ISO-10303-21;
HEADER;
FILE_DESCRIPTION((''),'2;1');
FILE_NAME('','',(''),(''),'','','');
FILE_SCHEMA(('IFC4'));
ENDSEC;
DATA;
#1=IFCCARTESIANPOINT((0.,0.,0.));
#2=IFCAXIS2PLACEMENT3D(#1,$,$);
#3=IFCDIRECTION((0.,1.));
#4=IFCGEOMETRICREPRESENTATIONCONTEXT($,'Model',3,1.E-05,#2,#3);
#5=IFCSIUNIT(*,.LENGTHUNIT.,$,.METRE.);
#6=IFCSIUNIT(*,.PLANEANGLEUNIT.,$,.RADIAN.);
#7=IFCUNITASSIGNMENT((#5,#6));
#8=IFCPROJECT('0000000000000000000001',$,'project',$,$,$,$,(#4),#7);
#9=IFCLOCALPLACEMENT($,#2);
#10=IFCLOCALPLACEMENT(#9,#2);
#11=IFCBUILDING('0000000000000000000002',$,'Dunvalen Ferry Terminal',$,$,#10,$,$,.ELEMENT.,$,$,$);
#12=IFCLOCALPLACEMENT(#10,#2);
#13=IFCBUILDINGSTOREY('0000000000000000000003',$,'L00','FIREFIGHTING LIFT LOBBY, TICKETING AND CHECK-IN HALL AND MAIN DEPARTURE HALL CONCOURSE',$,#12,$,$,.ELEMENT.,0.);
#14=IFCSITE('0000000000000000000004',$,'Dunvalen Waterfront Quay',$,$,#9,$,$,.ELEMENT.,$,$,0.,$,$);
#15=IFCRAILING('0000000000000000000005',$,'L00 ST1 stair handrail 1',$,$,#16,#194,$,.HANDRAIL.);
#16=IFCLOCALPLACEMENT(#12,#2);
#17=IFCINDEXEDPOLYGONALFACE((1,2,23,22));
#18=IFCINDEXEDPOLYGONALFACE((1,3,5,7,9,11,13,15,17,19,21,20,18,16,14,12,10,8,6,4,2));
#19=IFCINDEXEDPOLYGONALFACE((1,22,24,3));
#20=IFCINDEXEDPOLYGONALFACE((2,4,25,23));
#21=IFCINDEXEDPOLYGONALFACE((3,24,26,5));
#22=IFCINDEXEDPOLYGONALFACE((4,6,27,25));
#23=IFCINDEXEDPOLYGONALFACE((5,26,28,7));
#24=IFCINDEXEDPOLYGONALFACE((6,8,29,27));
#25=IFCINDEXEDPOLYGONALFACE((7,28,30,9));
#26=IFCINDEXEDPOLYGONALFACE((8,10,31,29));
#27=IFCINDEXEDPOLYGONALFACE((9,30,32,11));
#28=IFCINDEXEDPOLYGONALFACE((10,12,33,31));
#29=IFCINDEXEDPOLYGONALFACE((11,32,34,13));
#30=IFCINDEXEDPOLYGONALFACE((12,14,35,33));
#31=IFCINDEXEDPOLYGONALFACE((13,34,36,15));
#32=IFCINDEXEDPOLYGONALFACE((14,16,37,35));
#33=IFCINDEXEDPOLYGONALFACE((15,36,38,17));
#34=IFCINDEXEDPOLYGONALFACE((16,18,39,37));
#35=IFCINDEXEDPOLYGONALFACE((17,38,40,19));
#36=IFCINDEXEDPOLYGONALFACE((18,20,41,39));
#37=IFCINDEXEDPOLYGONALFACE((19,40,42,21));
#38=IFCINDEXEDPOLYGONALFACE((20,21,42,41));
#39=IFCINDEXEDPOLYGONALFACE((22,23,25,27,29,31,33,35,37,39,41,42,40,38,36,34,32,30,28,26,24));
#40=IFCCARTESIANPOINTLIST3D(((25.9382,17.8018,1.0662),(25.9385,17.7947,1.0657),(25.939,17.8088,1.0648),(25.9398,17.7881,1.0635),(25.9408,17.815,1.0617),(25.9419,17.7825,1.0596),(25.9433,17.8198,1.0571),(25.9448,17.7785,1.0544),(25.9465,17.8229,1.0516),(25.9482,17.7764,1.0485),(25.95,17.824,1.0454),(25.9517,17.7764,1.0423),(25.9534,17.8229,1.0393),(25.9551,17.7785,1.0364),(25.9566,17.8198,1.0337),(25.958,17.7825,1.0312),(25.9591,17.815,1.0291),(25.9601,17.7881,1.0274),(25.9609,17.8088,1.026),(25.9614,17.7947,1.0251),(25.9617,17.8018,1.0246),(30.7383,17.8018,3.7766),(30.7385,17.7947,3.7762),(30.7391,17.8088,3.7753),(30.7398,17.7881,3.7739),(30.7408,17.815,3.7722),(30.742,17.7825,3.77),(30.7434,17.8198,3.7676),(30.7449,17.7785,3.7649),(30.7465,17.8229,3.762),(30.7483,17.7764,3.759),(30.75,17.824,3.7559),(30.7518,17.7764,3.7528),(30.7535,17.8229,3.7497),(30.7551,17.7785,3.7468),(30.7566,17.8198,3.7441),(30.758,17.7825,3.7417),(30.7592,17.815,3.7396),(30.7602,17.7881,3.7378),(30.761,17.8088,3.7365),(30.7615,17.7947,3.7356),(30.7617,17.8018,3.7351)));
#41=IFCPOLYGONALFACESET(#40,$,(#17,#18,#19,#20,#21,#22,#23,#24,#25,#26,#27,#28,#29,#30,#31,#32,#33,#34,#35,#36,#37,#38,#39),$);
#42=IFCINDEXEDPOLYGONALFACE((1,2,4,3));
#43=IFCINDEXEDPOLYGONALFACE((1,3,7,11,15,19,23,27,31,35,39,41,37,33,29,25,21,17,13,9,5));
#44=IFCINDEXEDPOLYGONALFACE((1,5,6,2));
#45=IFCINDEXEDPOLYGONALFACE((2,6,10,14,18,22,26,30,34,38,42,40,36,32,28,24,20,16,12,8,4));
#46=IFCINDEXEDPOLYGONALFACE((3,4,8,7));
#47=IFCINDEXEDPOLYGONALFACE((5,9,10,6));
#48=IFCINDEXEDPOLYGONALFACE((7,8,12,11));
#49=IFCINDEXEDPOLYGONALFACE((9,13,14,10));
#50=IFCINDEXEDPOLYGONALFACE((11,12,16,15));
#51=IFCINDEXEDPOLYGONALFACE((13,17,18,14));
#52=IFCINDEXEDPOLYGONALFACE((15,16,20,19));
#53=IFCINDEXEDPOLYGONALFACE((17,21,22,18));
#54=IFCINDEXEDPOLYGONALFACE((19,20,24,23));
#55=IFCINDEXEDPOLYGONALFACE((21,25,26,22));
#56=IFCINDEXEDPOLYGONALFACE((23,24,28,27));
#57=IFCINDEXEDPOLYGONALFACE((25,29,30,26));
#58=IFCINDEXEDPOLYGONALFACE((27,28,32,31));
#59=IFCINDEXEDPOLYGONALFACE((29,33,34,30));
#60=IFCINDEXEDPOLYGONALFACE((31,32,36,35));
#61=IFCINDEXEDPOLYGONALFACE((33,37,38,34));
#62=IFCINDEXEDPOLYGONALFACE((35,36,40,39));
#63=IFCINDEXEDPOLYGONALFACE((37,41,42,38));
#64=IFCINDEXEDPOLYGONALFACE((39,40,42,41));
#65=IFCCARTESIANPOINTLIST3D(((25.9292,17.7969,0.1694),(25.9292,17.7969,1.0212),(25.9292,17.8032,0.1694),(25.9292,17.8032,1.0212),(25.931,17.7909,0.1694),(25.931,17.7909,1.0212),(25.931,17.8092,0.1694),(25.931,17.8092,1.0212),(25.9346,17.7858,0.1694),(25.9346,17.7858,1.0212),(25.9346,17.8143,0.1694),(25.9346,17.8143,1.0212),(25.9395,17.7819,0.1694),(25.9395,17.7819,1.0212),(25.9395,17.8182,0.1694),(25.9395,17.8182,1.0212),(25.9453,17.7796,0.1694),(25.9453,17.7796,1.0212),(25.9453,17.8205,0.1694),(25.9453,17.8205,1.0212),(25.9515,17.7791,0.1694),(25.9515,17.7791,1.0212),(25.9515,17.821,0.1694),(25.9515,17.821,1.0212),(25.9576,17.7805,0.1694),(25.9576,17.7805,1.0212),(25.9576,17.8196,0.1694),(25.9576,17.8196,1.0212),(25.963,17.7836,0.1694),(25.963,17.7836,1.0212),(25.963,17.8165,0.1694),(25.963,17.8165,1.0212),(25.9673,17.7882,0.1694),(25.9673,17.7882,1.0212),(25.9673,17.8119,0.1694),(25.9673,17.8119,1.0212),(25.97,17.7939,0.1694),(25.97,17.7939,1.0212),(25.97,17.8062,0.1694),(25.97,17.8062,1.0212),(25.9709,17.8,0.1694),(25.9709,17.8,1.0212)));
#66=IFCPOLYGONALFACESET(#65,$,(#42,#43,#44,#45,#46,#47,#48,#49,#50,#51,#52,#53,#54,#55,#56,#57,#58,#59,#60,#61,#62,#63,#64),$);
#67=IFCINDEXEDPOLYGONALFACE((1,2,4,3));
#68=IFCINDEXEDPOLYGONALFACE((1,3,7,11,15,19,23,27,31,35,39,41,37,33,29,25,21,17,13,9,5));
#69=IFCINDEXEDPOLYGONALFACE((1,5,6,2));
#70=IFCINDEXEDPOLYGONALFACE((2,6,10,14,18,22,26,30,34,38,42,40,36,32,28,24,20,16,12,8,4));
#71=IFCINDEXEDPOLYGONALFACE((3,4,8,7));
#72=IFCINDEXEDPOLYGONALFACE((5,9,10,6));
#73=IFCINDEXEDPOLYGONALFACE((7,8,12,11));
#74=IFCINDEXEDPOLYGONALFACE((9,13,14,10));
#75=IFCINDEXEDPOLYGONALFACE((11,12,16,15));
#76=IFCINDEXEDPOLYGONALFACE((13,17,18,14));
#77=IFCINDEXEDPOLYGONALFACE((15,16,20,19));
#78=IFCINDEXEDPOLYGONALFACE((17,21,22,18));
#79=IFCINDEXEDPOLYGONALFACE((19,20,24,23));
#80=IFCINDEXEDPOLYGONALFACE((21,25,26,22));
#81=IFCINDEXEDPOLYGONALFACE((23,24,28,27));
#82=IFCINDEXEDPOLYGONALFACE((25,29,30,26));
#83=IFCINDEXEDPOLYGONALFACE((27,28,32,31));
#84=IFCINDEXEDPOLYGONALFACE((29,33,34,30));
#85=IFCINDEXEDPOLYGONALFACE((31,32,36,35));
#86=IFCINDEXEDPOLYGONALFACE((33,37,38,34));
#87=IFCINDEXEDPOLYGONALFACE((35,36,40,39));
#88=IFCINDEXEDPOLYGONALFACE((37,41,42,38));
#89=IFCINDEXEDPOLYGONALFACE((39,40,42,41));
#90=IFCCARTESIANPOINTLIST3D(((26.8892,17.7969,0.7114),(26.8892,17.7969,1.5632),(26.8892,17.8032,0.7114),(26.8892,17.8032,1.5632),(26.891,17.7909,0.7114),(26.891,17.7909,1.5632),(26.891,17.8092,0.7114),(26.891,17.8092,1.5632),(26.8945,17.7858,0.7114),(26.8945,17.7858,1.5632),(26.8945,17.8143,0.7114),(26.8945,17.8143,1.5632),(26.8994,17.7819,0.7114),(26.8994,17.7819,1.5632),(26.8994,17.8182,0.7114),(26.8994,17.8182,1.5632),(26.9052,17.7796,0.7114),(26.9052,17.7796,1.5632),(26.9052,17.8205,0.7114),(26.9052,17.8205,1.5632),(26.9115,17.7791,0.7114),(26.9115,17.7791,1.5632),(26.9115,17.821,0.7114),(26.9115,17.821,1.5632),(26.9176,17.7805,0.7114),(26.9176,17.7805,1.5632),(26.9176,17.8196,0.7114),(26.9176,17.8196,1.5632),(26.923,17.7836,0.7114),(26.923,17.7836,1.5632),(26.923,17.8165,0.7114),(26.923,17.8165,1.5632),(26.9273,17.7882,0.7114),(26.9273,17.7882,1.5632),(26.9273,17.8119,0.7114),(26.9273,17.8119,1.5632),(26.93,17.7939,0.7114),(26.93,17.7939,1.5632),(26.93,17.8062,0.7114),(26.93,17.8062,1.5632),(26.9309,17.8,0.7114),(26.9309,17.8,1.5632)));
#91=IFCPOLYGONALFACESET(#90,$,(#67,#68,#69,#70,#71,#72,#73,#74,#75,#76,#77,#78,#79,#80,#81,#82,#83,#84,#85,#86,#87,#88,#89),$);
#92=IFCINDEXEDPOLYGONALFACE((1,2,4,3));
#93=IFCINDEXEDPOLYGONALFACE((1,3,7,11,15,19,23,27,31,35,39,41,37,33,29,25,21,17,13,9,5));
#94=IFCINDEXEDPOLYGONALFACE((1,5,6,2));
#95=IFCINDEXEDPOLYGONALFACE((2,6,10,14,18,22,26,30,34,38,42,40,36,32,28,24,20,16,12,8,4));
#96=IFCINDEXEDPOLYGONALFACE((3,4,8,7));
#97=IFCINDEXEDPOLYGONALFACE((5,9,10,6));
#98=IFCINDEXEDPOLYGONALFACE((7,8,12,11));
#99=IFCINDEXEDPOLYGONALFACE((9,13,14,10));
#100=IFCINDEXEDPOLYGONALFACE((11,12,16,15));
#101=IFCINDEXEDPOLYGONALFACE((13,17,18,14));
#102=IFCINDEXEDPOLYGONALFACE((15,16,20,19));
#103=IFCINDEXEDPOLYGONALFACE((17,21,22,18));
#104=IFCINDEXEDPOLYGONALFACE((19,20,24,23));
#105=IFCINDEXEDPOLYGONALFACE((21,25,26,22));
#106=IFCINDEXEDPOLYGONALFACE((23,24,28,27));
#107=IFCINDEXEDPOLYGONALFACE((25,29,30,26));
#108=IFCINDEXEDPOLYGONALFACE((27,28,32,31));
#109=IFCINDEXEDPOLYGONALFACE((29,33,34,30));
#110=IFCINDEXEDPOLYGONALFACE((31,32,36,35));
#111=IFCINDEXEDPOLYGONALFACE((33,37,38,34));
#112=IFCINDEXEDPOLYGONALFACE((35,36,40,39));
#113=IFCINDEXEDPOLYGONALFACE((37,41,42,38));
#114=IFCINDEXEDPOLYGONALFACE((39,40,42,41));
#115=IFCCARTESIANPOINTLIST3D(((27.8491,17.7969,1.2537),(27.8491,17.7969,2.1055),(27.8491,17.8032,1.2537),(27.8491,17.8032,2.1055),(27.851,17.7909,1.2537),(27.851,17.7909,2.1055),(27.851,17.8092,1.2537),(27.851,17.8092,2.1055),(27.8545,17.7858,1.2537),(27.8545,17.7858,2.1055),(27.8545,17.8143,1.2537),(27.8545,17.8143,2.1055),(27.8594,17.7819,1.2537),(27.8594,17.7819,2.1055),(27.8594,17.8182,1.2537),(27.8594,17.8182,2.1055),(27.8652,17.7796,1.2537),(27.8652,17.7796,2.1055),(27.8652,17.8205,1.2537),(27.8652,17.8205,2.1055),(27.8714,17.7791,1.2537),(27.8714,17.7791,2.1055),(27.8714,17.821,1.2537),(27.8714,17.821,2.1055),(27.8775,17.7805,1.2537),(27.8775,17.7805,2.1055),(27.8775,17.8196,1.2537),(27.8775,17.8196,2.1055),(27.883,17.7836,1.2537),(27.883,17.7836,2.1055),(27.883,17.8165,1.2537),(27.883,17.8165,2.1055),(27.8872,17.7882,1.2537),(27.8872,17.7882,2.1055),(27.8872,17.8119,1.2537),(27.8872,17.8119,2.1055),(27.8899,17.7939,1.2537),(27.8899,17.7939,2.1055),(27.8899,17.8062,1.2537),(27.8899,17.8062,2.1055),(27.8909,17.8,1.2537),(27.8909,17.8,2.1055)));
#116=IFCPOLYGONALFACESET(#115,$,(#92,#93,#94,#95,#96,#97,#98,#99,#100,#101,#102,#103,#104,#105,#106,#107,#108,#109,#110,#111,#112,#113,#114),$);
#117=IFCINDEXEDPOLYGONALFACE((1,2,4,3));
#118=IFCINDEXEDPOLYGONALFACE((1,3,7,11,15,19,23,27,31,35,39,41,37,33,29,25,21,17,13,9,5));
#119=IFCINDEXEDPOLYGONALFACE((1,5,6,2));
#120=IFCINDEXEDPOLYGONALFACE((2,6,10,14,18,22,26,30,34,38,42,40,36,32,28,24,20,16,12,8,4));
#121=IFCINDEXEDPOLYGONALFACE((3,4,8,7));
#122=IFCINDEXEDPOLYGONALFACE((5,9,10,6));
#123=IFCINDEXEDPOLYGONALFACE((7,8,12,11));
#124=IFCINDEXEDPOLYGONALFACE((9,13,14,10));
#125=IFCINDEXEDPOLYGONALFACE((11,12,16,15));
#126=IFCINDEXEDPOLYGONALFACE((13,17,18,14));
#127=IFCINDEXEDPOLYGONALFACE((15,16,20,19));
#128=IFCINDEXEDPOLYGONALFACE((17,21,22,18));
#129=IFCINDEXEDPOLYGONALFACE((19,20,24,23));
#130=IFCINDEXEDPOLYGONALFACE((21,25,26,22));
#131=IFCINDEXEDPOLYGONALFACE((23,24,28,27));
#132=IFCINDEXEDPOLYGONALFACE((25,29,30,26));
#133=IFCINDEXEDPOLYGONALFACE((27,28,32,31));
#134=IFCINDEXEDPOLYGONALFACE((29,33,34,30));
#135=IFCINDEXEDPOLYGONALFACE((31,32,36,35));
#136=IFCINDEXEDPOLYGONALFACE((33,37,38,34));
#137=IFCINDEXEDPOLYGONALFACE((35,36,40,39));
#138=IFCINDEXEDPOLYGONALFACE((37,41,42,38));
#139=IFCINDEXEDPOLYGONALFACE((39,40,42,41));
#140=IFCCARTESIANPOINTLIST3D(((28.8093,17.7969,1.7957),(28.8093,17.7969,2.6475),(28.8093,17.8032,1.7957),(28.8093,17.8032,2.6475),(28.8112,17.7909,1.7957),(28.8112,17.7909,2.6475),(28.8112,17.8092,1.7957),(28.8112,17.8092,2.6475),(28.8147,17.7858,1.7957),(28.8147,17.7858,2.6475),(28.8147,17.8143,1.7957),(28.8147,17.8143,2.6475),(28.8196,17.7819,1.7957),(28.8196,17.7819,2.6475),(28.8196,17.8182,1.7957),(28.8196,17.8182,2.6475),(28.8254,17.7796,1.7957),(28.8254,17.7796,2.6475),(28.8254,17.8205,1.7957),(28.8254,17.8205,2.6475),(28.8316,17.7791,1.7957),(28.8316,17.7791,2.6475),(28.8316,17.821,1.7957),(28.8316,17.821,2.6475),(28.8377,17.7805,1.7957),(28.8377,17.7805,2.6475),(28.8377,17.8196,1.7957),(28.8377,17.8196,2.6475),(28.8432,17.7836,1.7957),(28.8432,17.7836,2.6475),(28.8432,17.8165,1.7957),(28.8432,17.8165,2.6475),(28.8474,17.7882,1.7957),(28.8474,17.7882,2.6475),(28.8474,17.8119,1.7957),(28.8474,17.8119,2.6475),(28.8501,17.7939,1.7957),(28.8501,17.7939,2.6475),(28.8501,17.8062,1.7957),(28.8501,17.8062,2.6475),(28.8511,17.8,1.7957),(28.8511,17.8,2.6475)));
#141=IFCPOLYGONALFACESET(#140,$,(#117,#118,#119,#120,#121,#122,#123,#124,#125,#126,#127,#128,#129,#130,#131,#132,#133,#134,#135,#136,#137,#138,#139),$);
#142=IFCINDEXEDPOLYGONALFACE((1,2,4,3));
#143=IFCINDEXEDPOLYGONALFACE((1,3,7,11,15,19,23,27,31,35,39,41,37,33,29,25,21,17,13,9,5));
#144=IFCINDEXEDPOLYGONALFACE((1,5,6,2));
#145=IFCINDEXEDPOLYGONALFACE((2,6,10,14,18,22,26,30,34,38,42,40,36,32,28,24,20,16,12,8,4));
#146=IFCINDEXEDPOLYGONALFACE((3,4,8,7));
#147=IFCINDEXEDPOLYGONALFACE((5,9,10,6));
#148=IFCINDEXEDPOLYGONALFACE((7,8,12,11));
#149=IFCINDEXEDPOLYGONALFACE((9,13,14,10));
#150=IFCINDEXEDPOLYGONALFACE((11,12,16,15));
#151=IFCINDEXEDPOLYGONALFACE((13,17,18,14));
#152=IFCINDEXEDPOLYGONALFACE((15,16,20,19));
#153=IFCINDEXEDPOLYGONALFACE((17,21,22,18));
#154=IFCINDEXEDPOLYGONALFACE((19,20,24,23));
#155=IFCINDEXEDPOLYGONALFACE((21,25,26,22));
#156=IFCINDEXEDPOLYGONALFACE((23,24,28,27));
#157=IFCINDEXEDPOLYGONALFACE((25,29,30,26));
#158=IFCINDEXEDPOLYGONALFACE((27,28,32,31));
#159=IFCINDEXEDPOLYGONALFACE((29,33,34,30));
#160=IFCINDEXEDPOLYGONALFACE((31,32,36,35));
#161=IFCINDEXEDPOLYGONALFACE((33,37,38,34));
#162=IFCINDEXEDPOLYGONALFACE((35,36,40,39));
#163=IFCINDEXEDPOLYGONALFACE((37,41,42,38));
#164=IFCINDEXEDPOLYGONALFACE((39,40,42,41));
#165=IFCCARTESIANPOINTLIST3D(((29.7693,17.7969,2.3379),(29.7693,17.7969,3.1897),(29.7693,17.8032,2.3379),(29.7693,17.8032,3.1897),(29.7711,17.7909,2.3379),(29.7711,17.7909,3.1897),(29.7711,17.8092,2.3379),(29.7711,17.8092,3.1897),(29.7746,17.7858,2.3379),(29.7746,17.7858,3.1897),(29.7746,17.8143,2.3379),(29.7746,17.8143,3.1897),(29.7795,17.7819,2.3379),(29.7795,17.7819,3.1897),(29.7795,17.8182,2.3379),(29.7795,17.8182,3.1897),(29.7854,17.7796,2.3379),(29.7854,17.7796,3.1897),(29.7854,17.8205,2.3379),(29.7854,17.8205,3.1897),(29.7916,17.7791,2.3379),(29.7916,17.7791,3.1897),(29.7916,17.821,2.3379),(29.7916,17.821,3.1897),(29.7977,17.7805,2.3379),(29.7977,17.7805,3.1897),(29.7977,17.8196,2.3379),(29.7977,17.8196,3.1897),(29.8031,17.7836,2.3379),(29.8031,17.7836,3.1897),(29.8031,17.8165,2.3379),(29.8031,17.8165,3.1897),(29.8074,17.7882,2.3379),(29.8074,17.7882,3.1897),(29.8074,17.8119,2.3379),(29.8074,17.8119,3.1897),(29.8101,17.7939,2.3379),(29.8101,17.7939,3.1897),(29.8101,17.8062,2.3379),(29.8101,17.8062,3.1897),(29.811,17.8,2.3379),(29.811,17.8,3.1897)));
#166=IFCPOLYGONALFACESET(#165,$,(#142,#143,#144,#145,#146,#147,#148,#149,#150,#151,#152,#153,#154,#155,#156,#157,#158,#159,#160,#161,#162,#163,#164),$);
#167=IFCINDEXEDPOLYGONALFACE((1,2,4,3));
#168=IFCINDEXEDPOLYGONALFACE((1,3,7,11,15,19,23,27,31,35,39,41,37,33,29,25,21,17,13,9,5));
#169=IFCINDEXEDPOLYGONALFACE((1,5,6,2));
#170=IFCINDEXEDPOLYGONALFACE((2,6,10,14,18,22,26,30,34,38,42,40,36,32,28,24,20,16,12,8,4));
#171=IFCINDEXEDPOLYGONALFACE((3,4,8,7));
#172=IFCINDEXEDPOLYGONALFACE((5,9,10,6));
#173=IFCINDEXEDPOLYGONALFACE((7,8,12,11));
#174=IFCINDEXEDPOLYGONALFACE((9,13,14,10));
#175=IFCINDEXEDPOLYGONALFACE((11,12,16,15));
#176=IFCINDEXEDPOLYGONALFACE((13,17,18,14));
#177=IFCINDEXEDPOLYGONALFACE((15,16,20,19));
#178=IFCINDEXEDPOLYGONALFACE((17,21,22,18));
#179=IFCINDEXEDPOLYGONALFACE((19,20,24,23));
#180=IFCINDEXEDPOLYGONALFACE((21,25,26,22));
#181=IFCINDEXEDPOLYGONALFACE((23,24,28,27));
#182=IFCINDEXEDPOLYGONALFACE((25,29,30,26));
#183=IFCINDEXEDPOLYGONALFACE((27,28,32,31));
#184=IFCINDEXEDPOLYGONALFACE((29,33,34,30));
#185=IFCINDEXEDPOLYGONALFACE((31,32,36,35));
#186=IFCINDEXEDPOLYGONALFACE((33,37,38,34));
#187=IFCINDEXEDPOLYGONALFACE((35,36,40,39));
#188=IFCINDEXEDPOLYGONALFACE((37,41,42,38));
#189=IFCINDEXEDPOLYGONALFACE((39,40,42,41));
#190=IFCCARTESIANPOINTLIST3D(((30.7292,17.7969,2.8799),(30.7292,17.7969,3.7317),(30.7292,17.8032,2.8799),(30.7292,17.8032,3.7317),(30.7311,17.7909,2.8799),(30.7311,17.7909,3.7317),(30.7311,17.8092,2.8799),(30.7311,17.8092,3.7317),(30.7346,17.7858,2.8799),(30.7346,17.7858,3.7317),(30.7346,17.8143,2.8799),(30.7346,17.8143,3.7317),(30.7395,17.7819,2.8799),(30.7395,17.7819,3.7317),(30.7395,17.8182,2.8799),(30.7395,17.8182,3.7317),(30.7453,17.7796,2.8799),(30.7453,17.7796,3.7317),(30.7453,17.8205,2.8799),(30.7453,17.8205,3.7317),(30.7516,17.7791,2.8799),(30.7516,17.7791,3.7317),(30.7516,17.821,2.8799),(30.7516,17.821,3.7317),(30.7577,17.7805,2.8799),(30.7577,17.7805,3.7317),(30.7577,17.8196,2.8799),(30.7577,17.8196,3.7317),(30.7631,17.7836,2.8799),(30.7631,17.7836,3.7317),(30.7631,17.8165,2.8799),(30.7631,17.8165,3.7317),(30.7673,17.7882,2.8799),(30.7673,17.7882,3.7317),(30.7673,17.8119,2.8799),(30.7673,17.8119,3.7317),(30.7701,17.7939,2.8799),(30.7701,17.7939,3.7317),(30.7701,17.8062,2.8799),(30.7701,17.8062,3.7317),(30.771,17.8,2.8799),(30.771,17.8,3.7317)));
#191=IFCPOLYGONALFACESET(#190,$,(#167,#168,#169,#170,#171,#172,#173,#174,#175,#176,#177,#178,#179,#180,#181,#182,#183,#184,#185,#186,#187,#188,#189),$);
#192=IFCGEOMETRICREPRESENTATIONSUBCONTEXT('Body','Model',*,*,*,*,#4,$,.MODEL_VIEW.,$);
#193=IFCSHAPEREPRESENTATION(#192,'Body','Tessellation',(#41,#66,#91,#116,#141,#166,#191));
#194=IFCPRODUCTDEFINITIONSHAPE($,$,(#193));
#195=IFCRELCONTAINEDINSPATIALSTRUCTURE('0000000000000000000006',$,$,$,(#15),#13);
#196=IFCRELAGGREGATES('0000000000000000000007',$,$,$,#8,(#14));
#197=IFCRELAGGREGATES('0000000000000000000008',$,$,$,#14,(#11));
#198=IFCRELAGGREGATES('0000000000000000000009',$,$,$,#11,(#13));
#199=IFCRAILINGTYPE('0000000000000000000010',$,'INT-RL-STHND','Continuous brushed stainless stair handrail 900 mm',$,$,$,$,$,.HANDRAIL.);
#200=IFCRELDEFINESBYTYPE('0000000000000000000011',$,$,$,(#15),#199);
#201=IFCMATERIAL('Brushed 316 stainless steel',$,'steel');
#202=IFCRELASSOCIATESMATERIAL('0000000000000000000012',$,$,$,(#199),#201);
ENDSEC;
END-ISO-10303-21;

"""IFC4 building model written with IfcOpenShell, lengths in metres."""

from ifc_helpers import new_model, si_unit, direction, frame, origin, origin_2d, place, context, subcontext, project, spatial, circle, extrude, material, type_object, element, save


model = new_model("IFC4")

# Units and contexts
model_context = context("Model", 3, precision=1e-05, world=origin(), true_north=direction((0.0, 1.0)))
body_context = subcontext(model_context, "Body", "Model", "MODEL_VIEW")
ifc_project = project(units=[si_unit("LENGTHUNIT", "METRE"), si_unit("PLANEANGLEUNIT", "RADIAN")], contexts=[model_context])

# Site, building, storey
site_placement = place(None, origin())
site = spatial("IfcSite", under=ifc_project, at=site_placement, Name="Dunvalen Waterfront Quay", CompositionType="ELEMENT", RefElevation=0.0)
building_placement = place(site_placement, origin())
building = spatial("IfcBuilding", under=site, at=building_placement, Name="Dunvalen Ferry Terminal", CompositionType="ELEMENT")
storey_placement = place(building_placement, origin())
storey = spatial("IfcBuildingStorey", under=building, at=storey_placement, Name="L00", Description="FIREFIGHTING LIFT LOBBY, TICKETING AND CHECK-IN HALL AND MAIN DEPARTURE HALL CONCOURSE", CompositionType="ELEMENT", Elevation=0.0)

# Shared definitions
ifc_material_1 = material(Name="Brushed 316 stainless steel", Category="steel")

# Railing
railing_type_1 = type_object("IfcRailingType", Name="INT-RL-STHND", Description="Continuous brushed stainless stair handrail 900 mm", PredefinedType="HANDRAIL", material=ifc_material_1)
railing_1_placement = place(storey_placement, frame((25.95, 17.8, 0.1694)))
element("IfcRailing", 1, at=railing_1_placement, inside=storey, type_object=railing_type_1, Name="L00 ST1 stair handrail 1", PredefinedType="HANDRAIL", context=body_context, shape_type="SweptSolid", body=[
    extrude(circle(Radius=0.0239, at=origin_2d()), frame((0.0, 0.0, 0.876), z_axis=(0.870767, 0.0, 0.491697), x_axis=(0.0, 1.0, 0.0)), (0.0, 0.0, 1.0), 5.5125),
    extrude(circle(Radius=0.021, at=origin_2d()), origin(), (0.0, 0.0, 1.0), 0.8518),
    extrude(circle(Radius=0.021, at=origin_2d()), frame((0.96, 0.0, 0.542)), (0.0, 0.0, 1.0), 0.8518),
    extrude(circle(Radius=0.021, at=origin_2d()), frame((1.9199, 0.0, 1.0842)), (0.0, 0.0, 1.0), 0.8518),
    extrude(circle(Radius=0.021, at=origin_2d()), frame((2.8801, 0.0, 1.6262)), (0.0, 0.0, 1.0), 0.8518),
    extrude(circle(Radius=0.021, at=origin_2d()), frame((3.8401, 0.0, 2.1685)), (0.0, 0.0, 1.0), 0.8518),
    extrude(circle(Radius=0.021, at=origin_2d()), frame((4.8, 0.0, 2.7104)), (0.0, 0.0, 1.0), 0.8518),
])

save(model, "model.ifc")
